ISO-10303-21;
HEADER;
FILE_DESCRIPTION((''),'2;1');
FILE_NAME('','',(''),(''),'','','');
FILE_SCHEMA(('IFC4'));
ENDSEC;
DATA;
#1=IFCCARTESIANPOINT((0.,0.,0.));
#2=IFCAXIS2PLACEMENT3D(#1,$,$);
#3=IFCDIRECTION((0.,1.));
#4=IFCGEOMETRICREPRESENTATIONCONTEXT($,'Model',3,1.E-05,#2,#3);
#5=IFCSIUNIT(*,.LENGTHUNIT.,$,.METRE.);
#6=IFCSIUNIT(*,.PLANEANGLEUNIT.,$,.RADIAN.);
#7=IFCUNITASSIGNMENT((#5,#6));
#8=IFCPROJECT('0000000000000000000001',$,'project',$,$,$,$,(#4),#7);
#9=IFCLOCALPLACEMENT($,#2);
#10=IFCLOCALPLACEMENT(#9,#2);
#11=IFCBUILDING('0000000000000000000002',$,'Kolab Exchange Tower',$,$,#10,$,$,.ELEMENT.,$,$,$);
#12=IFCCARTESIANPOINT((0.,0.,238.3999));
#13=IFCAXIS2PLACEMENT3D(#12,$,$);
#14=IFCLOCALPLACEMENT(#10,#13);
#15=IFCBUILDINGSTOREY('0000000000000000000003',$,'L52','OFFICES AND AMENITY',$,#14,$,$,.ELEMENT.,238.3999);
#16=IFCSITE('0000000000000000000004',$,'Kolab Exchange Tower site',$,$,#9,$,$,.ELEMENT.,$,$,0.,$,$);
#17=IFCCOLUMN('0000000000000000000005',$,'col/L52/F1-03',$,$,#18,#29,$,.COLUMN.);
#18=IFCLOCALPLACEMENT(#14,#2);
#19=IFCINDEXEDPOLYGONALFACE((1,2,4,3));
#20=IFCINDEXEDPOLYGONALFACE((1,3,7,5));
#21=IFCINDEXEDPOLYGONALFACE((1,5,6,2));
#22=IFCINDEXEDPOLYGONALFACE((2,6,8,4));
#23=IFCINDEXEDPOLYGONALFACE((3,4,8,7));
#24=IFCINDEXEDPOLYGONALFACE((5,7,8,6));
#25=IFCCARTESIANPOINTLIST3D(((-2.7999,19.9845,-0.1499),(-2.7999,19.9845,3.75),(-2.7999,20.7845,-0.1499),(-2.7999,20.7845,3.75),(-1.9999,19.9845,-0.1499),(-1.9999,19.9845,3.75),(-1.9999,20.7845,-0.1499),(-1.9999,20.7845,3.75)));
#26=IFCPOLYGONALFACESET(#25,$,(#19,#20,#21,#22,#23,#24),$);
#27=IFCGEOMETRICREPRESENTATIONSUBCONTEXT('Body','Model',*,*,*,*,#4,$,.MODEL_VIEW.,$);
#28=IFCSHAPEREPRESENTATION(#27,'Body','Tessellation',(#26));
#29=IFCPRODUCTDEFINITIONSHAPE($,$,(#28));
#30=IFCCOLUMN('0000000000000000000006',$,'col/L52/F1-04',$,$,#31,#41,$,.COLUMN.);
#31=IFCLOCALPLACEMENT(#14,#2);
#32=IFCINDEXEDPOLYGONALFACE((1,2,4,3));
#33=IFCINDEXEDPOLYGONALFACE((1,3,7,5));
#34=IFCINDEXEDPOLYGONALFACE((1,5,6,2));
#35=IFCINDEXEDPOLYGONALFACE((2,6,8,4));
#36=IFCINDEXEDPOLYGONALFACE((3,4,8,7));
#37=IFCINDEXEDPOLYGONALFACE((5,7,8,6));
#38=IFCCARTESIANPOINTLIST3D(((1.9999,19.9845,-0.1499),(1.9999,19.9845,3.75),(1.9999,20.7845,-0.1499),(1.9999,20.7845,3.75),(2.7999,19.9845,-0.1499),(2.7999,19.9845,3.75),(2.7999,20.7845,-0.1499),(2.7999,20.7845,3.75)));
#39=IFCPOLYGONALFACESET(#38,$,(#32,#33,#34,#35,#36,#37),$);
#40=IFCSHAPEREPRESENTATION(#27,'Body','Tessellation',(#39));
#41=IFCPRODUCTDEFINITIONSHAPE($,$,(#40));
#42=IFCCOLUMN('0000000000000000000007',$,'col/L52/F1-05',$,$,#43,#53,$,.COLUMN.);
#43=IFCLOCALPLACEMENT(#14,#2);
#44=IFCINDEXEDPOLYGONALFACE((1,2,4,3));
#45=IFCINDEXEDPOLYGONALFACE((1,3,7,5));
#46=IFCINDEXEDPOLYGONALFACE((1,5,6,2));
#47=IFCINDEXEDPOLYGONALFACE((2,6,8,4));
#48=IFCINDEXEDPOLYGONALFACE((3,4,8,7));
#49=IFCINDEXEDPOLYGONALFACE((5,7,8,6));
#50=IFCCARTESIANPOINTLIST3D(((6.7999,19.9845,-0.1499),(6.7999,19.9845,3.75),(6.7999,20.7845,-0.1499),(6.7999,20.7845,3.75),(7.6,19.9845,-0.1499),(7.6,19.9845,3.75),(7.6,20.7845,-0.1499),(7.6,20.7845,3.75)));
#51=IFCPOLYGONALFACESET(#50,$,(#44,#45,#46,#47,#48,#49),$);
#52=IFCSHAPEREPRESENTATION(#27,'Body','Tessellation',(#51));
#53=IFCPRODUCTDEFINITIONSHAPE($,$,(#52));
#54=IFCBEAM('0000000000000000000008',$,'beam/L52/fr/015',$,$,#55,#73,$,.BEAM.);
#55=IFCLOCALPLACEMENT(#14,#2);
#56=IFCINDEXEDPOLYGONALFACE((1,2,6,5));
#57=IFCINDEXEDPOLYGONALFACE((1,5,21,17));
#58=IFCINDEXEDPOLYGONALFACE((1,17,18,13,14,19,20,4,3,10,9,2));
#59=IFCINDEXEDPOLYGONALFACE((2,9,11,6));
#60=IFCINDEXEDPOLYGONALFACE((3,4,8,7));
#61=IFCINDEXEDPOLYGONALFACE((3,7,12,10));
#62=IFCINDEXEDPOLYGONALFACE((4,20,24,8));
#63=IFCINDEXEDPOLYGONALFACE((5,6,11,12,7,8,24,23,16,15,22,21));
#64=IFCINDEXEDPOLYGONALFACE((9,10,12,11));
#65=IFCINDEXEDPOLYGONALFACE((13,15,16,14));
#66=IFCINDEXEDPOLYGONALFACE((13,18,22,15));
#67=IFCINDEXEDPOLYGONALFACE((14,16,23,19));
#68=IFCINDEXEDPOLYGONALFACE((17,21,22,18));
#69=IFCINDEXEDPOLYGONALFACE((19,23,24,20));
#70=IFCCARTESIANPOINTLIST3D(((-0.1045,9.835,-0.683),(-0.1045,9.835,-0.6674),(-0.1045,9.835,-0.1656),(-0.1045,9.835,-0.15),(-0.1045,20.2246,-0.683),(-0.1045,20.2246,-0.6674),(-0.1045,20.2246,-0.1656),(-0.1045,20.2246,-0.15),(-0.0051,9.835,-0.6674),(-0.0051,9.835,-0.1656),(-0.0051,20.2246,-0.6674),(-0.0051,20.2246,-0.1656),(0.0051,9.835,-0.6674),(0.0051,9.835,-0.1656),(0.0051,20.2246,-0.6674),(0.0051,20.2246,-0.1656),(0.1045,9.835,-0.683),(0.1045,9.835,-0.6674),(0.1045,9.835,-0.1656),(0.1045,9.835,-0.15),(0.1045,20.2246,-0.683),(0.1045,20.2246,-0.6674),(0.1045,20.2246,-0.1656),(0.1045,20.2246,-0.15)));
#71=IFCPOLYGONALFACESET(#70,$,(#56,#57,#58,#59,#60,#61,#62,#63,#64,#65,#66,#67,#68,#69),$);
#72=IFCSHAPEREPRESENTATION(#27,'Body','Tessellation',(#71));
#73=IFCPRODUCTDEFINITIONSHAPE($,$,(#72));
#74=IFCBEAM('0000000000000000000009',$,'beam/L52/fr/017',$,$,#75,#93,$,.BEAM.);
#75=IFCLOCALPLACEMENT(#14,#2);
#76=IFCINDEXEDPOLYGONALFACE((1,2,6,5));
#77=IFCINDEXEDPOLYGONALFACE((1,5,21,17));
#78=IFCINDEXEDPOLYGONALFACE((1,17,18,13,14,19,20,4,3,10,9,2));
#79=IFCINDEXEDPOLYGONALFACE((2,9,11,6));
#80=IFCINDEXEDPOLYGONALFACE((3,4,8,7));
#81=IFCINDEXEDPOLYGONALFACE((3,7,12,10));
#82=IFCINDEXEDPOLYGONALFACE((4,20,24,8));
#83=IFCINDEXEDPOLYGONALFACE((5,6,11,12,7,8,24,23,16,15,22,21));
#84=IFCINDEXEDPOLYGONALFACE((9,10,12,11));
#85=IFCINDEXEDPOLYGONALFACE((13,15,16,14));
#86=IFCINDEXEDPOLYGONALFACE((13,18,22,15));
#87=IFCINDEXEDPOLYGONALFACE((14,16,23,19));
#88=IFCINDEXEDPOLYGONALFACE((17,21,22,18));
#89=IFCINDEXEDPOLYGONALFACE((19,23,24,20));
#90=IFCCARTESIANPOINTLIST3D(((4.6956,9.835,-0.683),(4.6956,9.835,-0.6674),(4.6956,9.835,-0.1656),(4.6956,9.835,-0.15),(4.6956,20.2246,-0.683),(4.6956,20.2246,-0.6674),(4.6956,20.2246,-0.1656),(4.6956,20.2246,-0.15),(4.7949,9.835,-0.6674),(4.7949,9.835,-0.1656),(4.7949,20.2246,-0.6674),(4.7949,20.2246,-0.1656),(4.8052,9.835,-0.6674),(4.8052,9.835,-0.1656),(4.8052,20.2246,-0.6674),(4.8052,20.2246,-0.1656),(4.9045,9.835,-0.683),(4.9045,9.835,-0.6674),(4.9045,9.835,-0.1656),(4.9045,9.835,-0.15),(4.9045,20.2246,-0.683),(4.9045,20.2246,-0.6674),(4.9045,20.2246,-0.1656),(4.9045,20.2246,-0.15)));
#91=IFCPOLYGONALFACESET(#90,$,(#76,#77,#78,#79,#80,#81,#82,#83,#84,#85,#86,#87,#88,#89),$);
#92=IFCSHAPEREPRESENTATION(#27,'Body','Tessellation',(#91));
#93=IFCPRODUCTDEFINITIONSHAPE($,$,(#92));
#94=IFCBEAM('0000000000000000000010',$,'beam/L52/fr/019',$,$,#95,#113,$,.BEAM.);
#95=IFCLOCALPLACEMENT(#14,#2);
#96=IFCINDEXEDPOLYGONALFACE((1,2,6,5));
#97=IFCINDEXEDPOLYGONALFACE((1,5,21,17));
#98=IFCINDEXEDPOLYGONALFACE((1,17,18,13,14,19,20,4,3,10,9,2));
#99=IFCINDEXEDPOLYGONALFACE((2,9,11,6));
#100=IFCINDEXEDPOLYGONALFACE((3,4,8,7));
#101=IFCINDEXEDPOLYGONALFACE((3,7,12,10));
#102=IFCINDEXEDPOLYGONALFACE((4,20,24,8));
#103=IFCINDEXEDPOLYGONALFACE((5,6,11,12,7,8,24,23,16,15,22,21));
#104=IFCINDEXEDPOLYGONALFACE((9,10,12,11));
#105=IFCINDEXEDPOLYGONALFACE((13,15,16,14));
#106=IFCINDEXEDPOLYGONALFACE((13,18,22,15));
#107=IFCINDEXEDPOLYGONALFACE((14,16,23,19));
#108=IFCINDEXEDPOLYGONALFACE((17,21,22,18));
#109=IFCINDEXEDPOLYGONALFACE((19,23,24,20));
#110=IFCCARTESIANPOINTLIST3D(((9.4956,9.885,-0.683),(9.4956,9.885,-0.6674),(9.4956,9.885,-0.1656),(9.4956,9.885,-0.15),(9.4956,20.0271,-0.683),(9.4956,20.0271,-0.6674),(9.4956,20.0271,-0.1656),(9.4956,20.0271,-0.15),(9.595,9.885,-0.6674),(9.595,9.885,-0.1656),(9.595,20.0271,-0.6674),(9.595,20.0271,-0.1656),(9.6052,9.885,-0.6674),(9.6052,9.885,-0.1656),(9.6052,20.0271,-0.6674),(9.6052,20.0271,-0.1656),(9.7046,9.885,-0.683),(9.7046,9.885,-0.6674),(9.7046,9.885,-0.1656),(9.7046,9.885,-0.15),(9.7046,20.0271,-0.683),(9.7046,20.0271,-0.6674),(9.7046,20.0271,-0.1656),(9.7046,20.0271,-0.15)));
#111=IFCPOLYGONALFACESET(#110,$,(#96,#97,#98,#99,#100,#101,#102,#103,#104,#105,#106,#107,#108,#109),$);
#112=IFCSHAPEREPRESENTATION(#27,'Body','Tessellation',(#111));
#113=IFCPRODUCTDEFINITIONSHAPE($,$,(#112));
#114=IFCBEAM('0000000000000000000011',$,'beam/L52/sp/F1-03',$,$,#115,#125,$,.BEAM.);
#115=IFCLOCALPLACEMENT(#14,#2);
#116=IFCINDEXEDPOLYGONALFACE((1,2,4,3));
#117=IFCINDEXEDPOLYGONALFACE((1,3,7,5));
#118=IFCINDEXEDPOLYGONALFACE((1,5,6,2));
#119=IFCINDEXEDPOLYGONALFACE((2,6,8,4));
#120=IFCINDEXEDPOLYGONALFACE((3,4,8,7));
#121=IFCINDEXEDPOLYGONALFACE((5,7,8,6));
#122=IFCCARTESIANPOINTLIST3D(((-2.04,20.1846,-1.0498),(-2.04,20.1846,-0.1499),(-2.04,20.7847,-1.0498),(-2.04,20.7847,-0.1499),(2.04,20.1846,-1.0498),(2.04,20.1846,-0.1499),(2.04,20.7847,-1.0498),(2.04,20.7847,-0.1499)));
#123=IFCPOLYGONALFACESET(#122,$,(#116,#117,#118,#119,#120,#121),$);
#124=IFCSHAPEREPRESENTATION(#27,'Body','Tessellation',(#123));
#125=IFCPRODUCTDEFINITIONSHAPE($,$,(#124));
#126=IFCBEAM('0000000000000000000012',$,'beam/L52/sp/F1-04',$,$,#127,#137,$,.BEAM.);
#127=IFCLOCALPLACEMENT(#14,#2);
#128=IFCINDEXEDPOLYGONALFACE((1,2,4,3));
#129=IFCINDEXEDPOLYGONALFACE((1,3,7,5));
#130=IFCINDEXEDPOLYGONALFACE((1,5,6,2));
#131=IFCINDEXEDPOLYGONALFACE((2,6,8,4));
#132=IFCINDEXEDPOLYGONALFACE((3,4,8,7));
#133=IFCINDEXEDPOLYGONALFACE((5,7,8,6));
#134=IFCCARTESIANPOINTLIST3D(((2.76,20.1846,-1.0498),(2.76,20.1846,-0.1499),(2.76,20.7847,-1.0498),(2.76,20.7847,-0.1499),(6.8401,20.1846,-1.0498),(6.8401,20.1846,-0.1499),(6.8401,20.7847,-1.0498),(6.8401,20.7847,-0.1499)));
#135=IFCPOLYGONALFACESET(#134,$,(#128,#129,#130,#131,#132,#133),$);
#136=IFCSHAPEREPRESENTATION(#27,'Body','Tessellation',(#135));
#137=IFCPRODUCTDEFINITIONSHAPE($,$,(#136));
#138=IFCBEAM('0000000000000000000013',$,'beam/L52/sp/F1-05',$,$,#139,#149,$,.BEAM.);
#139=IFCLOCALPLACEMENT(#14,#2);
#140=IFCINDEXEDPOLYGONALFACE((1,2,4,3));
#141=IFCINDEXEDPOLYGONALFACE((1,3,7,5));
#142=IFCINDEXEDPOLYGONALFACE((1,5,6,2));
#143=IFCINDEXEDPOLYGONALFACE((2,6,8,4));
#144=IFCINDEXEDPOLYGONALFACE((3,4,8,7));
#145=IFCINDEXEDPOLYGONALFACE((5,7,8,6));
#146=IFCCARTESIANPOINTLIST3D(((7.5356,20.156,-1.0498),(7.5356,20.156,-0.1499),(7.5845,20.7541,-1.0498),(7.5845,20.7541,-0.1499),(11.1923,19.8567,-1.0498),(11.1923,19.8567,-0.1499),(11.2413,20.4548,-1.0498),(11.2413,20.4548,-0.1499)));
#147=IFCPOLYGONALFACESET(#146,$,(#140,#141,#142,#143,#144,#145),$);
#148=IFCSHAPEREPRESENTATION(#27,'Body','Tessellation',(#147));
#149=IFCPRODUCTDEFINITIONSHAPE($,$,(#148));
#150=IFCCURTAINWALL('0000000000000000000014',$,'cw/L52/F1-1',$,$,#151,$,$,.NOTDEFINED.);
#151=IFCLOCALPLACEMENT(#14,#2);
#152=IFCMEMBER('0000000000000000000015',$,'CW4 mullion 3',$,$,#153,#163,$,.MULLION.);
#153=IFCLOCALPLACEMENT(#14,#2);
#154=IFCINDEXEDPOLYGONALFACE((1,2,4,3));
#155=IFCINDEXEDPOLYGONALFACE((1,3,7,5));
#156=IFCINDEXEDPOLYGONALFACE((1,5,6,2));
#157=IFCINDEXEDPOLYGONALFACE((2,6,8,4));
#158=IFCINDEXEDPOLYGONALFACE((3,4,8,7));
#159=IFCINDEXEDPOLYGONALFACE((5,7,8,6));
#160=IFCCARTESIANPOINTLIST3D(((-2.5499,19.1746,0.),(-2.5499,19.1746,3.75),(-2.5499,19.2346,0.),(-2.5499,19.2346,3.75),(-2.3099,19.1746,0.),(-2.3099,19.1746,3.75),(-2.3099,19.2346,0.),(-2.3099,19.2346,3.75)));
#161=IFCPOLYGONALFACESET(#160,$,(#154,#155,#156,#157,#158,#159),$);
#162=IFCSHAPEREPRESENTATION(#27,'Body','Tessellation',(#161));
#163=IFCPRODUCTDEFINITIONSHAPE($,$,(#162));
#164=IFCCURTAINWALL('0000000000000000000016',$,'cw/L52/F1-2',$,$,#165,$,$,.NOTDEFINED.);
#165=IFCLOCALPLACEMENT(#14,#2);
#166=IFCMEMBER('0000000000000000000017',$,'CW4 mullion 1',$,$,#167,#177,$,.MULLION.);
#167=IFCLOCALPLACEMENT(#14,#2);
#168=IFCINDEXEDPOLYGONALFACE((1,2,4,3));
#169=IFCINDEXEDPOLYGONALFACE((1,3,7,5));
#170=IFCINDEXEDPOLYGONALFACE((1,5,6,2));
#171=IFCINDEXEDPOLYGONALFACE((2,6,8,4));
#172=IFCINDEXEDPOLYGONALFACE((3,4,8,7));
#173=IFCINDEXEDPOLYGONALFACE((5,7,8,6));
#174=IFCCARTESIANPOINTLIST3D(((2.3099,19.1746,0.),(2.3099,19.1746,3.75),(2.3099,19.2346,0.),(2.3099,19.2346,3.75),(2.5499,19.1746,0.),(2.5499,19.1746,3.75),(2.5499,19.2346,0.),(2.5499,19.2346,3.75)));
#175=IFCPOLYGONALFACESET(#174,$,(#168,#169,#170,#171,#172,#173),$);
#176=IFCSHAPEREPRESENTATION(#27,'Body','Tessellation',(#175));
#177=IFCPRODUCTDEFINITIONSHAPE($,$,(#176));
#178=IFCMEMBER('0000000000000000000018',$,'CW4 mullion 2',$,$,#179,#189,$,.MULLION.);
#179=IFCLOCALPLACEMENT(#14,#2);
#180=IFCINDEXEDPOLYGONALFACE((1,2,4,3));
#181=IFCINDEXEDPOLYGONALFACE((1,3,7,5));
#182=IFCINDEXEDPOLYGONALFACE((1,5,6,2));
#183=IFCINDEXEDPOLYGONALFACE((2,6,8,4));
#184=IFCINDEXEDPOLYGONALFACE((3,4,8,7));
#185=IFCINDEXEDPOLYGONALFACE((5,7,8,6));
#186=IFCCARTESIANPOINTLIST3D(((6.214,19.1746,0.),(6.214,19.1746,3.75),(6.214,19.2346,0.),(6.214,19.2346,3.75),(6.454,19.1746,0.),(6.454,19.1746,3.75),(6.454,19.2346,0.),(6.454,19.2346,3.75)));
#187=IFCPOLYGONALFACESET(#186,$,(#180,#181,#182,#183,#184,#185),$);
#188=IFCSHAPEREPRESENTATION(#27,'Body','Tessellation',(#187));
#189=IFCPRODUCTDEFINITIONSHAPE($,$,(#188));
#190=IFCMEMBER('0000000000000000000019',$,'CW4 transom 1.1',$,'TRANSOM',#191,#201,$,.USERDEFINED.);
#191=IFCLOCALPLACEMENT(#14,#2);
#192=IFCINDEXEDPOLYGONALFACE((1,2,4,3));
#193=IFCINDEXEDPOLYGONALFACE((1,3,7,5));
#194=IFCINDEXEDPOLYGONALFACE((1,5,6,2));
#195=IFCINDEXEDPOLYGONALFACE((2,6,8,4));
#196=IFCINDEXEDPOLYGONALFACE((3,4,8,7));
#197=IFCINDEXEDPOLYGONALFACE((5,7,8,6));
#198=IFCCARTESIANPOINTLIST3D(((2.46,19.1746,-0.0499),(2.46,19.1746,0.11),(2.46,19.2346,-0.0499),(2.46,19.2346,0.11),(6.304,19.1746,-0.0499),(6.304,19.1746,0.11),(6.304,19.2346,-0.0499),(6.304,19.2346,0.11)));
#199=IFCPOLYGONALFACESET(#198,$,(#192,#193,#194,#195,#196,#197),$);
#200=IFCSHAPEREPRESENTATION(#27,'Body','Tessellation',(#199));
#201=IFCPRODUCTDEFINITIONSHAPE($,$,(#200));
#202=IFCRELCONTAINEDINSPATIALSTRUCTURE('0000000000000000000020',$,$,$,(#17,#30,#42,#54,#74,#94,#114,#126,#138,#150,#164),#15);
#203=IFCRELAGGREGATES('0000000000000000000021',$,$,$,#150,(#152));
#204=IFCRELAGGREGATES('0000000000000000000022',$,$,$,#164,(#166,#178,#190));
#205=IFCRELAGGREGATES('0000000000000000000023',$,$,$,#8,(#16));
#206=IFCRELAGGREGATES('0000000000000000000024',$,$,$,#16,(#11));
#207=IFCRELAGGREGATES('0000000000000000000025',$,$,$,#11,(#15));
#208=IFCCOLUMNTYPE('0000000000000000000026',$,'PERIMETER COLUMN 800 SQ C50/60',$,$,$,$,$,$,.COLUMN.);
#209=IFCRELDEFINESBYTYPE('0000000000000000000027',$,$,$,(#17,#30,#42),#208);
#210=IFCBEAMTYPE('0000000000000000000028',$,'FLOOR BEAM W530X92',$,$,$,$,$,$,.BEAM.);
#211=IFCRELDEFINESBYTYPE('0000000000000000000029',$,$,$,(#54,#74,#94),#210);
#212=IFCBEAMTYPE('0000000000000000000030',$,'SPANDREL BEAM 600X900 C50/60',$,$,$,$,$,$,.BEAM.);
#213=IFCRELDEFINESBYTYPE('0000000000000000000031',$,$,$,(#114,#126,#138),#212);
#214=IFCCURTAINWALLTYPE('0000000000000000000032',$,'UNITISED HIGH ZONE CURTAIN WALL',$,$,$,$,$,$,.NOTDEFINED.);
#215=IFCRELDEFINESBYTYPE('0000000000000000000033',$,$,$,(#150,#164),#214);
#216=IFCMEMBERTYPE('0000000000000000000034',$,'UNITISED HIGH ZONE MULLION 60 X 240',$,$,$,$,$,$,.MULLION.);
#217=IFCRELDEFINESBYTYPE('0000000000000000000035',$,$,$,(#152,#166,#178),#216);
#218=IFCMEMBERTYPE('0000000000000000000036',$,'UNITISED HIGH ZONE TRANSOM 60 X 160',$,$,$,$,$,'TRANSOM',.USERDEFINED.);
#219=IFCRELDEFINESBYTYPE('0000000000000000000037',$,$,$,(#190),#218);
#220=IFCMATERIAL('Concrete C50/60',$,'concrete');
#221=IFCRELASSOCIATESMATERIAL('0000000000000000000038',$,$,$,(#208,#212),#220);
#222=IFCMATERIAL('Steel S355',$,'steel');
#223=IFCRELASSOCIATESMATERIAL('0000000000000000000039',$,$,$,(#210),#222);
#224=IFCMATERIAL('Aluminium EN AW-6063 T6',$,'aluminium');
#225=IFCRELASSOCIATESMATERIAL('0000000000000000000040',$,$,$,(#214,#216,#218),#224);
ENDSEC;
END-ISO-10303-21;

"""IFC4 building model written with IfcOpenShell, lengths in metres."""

from ifc_helpers import new_model, si_unit, direction, frame, origin, origin_2d, place, context, subcontext, project, spatial, rectangle, i_section, extrude, material, material_profile, profile_set, type_object, element, aggregate, save


model = new_model("IFC4")

# Units and contexts
model_context = context("Model", 3, precision=1e-05, world=origin(), true_north=direction((0.0, 1.0)))
body_context = subcontext(model_context, "Body", "Model", "MODEL_VIEW")
ifc_project = project(units=[si_unit("LENGTHUNIT", "METRE"), si_unit("PLANEANGLEUNIT", "RADIAN")], contexts=[model_context])

# Site, building, storey
site_placement = place(None, origin())
site = spatial("IfcSite", under=ifc_project, at=site_placement, Name="Kolab Exchange Tower site", CompositionType="ELEMENT", RefElevation=0.0)
building_placement = place(site_placement, origin())
building = spatial("IfcBuilding", under=site, at=building_placement, Name="Kolab Exchange Tower", CompositionType="ELEMENT")
storey_placement = place(building_placement, frame((0.0, 0.0, 238.3999)))
storey = spatial("IfcBuildingStorey", under=building, at=storey_placement, Name="L52", Description="OFFICES AND AMENITY", CompositionType="ELEMENT", Elevation=238.3999)

# Columns
ifc_material_1 = material(Name="Concrete C50/60", Category="concrete")
ifc_material_profile_1 = material_profile(ifc_material_1, rectangle(XDim=0.8, YDim=0.8, at=origin_2d()), Name="RC800")
ifc_profile_set_1 = profile_set([ifc_material_profile_1], Name="Concrete C50/60")
column_type = type_object("IfcColumnType", Name="PERIMETER COLUMN 800 SQ C50/60", PredefinedType="COLUMN", material=ifc_profile_set_1)
for number, where, z_axis, x_axis, name in (
    (1, (-2.3999, 20.3845, -0.1499), (0.0, 0.0, 1.0), (1.0, 0.0, 0.0), "col/L52/F1-03"),
    (2, (2.3999, 20.3845, -0.1499), (0.0, 0.0, 1.0), (1.0, 0.0, 0.0), "col/L52/F1-04"),
    (3, (7.2, 20.3845, -0.1499), (0.0, 0.0, 1.0), (1.0, 0.0, 0.0), "col/L52/F1-05"),
):
    element("IfcColumn", number, at=place(storey_placement, frame(where, z_axis=z_axis, x_axis=x_axis)), inside=storey, type_object=column_type, Name=name, PredefinedType="COLUMN", context=body_context, shape_type="SweptSolid", body=[
        extrude(rectangle(XDim=0.8, YDim=0.8, at=origin_2d()), origin(), (0.0, 0.0, 1.0), 3.8999),
    ])

# Beams
ifc_material_2 = material(Name="Steel S355", Category="steel")
ifc_material_profile_2 = material_profile(ifc_material_2, i_section(OverallWidth=0.209, OverallDepth=0.533, WebThickness=0.0103, FlangeThickness=0.0156, at=origin_2d()), Name="W530X92")
ifc_profile_set_2 = profile_set([ifc_material_profile_2], Name="Steel S355")
beam_type_1 = type_object("IfcBeamType", Name="FLOOR BEAM W530X92", PredefinedType="BEAM", material=ifc_profile_set_2)
for number, where, z_axis, x_axis, name in (
    (4, (0.0, 9.835, -0.4165), (0.0, 1.0, 0.0), (-1.0, 0.0, 0.0), "beam/L52/fr/015"),
    (5, (4.8, 9.835, -0.4165), (0.0, 1.0, 0.0), (-1.0, 0.0, 0.0), "beam/L52/fr/017"),
):
    element("IfcBeam", number, at=place(storey_placement, frame(where, z_axis=z_axis, x_axis=x_axis)), inside=storey, type_object=beam_type_1, Name=name, PredefinedType="BEAM", context=body_context, shape_type="SweptSolid", body=[
        extrude(i_section(OverallWidth=0.209, OverallDepth=0.533, WebThickness=0.0103, FlangeThickness=0.0156, at=origin_2d()), origin(), (0.0, 0.0, 1.0), 10.3896),
    ])
beam_1_placement = place(storey_placement, frame((9.6001, 9.885, -0.4165), z_axis=(0.0, 1.0, 0.0), x_axis=(-1.0, 0.0, 0.0)))
element("IfcBeam", 6, at=beam_1_placement, inside=storey, type_object=beam_type_1, Name="beam/L52/fr/019", PredefinedType="BEAM", context=body_context, shape_type="SweptSolid", body=[
    extrude(i_section(OverallWidth=0.209, OverallDepth=0.533, WebThickness=0.0103, FlangeThickness=0.0156, at=origin_2d()), origin(), (0.0, 0.0, 1.0), 10.1421),
])
ifc_material_profile_3 = material_profile(ifc_material_1, rectangle(XDim=0.6001, YDim=0.8999, at=origin_2d()), Name="RC600X900")
ifc_profile_set_3 = profile_set([ifc_material_profile_3], Name="Concrete C50/60")
beam_type_2 = type_object("IfcBeamType", Name="SPANDREL BEAM 600X900 C50/60", PredefinedType="BEAM", material=ifc_profile_set_3)
for number, where, z_axis, x_axis, name in (
    (7, (-2.04, 20.4846, -0.5999), (1.0, 0.0, 0.0), (0.0, 1.0, 0.0), "beam/L52/sp/F1-03"),
    (8, (2.76, 20.4846, -0.5999), (1.0, 0.0, 0.0), (0.0, 1.0, 0.0), "beam/L52/sp/F1-04"),
):
    element("IfcBeam", number, at=place(storey_placement, frame(where, z_axis=z_axis, x_axis=x_axis)), inside=storey, type_object=beam_type_2, Name=name, PredefinedType="BEAM", context=body_context, shape_type="SweptSolid", body=[
        extrude(rectangle(XDim=0.6001, YDim=0.8999, at=origin_2d()), origin(), (0.0, 0.0, 1.0), 4.0801),
    ])
beam_2_placement = place(storey_placement, frame((7.5601, 20.4551, -0.5999), z_axis=(0.996667, -0.081581, 0.0), x_axis=(0.081581, 0.996667, 0.0)))
element("IfcBeam", 9, at=beam_2_placement, inside=storey, type_object=beam_type_2, Name="beam/L52/sp/F1-05", PredefinedType="BEAM", context=body_context, shape_type="SweptSolid", body=[
    extrude(rectangle(XDim=0.6001, YDim=0.8999, at=origin_2d()), origin(), (0.0, 0.0, 1.0), 3.6689),
])

# Curtain wall, member
ifc_material_3 = material(Name="Aluminium EN AW-6063 T6", Category="aluminium")
curtain_wall_type = type_object("IfcCurtainWallType", Name="UNITISED HIGH ZONE CURTAIN WALL", PredefinedType="NOTDEFINED", material=ifc_material_3)
curtain_wall_1_placement = place(storey_placement, origin())
curtain_wall_1 = element("IfcCurtainWall", 10, at=curtain_wall_1_placement, inside=storey, type_object=curtain_wall_type, Name="cw/L52/F1-1", PredefinedType="NOTDEFINED")
ifc_material_profile_4 = material_profile(ifc_material_3, rectangle(XDim=0.0601, YDim=0.24, at=origin_2d()), Name="RECT 60X240")
ifc_profile_set_4 = profile_set([ifc_material_profile_4], Name="Aluminium EN AW-6063 T6")
member_type_1 = type_object("IfcMemberType", Name="UNITISED HIGH ZONE MULLION 60 X 240", PredefinedType="MULLION", material=ifc_profile_set_4)
member_1_placement = place(storey_placement, frame((-2.4299, 19.2046, 0.0), z_axis=(0.0, 0.0, 1.0), x_axis=(0.0, 1.0, 0.0)))
member_1 = element("IfcMember", 11, at=member_1_placement, type_object=member_type_1, Name="CW4 mullion 3", PredefinedType="MULLION", context=body_context, shape_type="SweptSolid", body=[
    extrude(rectangle(XDim=0.0601, YDim=0.24, at=origin_2d()), origin(), (0.0, 0.0, 1.0), 3.75),
])
aggregate(curtain_wall_1, [member_1])

# Curtain wall, members
curtain_wall_2_placement = place(storey_placement, origin())
curtain_wall_2 = element("IfcCurtainWall", 12, at=curtain_wall_2_placement, inside=storey, type_object=curtain_wall_type, Name="cw/L52/F1-2", PredefinedType="NOTDEFINED")
member_2_placement = place(storey_placement, frame((2.4299, 19.2046, 0.0), z_axis=(0.0, 0.0, 1.0), x_axis=(0.0, 1.0, 0.0)))
member_2 = element("IfcMember", 13, at=member_2_placement, type_object=member_type_1, Name="CW4 mullion 1", PredefinedType="MULLION", context=body_context, shape_type="SweptSolid", body=[
    extrude(rectangle(XDim=0.0601, YDim=0.24, at=origin_2d()), origin(), (0.0, 0.0, 1.0), 3.75),
])
member_3_placement = place(storey_placement, frame((6.334, 19.2046, 0.0), z_axis=(0.0, 0.0, 1.0), x_axis=(0.0, 1.0, 0.0)))
member_3 = element("IfcMember", 14, at=member_3_placement, type_object=member_type_1, Name="CW4 mullion 2", PredefinedType="MULLION", context=body_context, shape_type="SweptSolid", body=[
    extrude(rectangle(XDim=0.0601, YDim=0.24, at=origin_2d()), origin(), (0.0, 0.0, 1.0), 3.75),
])
ifc_material_profile_5 = material_profile(ifc_material_3, rectangle(XDim=0.0601, YDim=0.1599, at=origin_2d()), Name="RECT 60X160")
ifc_profile_set_5 = profile_set([ifc_material_profile_5], Name="Aluminium EN AW-6063 T6")
member_type_2 = type_object("IfcMemberType", Name="UNITISED HIGH ZONE TRANSOM 60 X 160", ElementType="TRANSOM", PredefinedType="USERDEFINED", material=ifc_profile_set_5)
member_4_placement = place(storey_placement, frame((2.46, 19.2046, 0.03), z_axis=(1.0, 0.0, 0.0), x_axis=(0.0, 1.0, 0.0)))
member_4 = element("IfcMember", 15, at=member_4_placement, type_object=member_type_2, Name="CW4 transom 1.1", ObjectType="TRANSOM", PredefinedType="USERDEFINED", context=body_context, shape_type="SweptSolid", body=[
    extrude(rectangle(XDim=0.0601, YDim=0.1599, at=origin_2d()), origin(), (0.0, 0.0, 1.0), 3.844),
])
aggregate(curtain_wall_2, [member_2, member_3, member_4])

save(model, "model.ifc")
